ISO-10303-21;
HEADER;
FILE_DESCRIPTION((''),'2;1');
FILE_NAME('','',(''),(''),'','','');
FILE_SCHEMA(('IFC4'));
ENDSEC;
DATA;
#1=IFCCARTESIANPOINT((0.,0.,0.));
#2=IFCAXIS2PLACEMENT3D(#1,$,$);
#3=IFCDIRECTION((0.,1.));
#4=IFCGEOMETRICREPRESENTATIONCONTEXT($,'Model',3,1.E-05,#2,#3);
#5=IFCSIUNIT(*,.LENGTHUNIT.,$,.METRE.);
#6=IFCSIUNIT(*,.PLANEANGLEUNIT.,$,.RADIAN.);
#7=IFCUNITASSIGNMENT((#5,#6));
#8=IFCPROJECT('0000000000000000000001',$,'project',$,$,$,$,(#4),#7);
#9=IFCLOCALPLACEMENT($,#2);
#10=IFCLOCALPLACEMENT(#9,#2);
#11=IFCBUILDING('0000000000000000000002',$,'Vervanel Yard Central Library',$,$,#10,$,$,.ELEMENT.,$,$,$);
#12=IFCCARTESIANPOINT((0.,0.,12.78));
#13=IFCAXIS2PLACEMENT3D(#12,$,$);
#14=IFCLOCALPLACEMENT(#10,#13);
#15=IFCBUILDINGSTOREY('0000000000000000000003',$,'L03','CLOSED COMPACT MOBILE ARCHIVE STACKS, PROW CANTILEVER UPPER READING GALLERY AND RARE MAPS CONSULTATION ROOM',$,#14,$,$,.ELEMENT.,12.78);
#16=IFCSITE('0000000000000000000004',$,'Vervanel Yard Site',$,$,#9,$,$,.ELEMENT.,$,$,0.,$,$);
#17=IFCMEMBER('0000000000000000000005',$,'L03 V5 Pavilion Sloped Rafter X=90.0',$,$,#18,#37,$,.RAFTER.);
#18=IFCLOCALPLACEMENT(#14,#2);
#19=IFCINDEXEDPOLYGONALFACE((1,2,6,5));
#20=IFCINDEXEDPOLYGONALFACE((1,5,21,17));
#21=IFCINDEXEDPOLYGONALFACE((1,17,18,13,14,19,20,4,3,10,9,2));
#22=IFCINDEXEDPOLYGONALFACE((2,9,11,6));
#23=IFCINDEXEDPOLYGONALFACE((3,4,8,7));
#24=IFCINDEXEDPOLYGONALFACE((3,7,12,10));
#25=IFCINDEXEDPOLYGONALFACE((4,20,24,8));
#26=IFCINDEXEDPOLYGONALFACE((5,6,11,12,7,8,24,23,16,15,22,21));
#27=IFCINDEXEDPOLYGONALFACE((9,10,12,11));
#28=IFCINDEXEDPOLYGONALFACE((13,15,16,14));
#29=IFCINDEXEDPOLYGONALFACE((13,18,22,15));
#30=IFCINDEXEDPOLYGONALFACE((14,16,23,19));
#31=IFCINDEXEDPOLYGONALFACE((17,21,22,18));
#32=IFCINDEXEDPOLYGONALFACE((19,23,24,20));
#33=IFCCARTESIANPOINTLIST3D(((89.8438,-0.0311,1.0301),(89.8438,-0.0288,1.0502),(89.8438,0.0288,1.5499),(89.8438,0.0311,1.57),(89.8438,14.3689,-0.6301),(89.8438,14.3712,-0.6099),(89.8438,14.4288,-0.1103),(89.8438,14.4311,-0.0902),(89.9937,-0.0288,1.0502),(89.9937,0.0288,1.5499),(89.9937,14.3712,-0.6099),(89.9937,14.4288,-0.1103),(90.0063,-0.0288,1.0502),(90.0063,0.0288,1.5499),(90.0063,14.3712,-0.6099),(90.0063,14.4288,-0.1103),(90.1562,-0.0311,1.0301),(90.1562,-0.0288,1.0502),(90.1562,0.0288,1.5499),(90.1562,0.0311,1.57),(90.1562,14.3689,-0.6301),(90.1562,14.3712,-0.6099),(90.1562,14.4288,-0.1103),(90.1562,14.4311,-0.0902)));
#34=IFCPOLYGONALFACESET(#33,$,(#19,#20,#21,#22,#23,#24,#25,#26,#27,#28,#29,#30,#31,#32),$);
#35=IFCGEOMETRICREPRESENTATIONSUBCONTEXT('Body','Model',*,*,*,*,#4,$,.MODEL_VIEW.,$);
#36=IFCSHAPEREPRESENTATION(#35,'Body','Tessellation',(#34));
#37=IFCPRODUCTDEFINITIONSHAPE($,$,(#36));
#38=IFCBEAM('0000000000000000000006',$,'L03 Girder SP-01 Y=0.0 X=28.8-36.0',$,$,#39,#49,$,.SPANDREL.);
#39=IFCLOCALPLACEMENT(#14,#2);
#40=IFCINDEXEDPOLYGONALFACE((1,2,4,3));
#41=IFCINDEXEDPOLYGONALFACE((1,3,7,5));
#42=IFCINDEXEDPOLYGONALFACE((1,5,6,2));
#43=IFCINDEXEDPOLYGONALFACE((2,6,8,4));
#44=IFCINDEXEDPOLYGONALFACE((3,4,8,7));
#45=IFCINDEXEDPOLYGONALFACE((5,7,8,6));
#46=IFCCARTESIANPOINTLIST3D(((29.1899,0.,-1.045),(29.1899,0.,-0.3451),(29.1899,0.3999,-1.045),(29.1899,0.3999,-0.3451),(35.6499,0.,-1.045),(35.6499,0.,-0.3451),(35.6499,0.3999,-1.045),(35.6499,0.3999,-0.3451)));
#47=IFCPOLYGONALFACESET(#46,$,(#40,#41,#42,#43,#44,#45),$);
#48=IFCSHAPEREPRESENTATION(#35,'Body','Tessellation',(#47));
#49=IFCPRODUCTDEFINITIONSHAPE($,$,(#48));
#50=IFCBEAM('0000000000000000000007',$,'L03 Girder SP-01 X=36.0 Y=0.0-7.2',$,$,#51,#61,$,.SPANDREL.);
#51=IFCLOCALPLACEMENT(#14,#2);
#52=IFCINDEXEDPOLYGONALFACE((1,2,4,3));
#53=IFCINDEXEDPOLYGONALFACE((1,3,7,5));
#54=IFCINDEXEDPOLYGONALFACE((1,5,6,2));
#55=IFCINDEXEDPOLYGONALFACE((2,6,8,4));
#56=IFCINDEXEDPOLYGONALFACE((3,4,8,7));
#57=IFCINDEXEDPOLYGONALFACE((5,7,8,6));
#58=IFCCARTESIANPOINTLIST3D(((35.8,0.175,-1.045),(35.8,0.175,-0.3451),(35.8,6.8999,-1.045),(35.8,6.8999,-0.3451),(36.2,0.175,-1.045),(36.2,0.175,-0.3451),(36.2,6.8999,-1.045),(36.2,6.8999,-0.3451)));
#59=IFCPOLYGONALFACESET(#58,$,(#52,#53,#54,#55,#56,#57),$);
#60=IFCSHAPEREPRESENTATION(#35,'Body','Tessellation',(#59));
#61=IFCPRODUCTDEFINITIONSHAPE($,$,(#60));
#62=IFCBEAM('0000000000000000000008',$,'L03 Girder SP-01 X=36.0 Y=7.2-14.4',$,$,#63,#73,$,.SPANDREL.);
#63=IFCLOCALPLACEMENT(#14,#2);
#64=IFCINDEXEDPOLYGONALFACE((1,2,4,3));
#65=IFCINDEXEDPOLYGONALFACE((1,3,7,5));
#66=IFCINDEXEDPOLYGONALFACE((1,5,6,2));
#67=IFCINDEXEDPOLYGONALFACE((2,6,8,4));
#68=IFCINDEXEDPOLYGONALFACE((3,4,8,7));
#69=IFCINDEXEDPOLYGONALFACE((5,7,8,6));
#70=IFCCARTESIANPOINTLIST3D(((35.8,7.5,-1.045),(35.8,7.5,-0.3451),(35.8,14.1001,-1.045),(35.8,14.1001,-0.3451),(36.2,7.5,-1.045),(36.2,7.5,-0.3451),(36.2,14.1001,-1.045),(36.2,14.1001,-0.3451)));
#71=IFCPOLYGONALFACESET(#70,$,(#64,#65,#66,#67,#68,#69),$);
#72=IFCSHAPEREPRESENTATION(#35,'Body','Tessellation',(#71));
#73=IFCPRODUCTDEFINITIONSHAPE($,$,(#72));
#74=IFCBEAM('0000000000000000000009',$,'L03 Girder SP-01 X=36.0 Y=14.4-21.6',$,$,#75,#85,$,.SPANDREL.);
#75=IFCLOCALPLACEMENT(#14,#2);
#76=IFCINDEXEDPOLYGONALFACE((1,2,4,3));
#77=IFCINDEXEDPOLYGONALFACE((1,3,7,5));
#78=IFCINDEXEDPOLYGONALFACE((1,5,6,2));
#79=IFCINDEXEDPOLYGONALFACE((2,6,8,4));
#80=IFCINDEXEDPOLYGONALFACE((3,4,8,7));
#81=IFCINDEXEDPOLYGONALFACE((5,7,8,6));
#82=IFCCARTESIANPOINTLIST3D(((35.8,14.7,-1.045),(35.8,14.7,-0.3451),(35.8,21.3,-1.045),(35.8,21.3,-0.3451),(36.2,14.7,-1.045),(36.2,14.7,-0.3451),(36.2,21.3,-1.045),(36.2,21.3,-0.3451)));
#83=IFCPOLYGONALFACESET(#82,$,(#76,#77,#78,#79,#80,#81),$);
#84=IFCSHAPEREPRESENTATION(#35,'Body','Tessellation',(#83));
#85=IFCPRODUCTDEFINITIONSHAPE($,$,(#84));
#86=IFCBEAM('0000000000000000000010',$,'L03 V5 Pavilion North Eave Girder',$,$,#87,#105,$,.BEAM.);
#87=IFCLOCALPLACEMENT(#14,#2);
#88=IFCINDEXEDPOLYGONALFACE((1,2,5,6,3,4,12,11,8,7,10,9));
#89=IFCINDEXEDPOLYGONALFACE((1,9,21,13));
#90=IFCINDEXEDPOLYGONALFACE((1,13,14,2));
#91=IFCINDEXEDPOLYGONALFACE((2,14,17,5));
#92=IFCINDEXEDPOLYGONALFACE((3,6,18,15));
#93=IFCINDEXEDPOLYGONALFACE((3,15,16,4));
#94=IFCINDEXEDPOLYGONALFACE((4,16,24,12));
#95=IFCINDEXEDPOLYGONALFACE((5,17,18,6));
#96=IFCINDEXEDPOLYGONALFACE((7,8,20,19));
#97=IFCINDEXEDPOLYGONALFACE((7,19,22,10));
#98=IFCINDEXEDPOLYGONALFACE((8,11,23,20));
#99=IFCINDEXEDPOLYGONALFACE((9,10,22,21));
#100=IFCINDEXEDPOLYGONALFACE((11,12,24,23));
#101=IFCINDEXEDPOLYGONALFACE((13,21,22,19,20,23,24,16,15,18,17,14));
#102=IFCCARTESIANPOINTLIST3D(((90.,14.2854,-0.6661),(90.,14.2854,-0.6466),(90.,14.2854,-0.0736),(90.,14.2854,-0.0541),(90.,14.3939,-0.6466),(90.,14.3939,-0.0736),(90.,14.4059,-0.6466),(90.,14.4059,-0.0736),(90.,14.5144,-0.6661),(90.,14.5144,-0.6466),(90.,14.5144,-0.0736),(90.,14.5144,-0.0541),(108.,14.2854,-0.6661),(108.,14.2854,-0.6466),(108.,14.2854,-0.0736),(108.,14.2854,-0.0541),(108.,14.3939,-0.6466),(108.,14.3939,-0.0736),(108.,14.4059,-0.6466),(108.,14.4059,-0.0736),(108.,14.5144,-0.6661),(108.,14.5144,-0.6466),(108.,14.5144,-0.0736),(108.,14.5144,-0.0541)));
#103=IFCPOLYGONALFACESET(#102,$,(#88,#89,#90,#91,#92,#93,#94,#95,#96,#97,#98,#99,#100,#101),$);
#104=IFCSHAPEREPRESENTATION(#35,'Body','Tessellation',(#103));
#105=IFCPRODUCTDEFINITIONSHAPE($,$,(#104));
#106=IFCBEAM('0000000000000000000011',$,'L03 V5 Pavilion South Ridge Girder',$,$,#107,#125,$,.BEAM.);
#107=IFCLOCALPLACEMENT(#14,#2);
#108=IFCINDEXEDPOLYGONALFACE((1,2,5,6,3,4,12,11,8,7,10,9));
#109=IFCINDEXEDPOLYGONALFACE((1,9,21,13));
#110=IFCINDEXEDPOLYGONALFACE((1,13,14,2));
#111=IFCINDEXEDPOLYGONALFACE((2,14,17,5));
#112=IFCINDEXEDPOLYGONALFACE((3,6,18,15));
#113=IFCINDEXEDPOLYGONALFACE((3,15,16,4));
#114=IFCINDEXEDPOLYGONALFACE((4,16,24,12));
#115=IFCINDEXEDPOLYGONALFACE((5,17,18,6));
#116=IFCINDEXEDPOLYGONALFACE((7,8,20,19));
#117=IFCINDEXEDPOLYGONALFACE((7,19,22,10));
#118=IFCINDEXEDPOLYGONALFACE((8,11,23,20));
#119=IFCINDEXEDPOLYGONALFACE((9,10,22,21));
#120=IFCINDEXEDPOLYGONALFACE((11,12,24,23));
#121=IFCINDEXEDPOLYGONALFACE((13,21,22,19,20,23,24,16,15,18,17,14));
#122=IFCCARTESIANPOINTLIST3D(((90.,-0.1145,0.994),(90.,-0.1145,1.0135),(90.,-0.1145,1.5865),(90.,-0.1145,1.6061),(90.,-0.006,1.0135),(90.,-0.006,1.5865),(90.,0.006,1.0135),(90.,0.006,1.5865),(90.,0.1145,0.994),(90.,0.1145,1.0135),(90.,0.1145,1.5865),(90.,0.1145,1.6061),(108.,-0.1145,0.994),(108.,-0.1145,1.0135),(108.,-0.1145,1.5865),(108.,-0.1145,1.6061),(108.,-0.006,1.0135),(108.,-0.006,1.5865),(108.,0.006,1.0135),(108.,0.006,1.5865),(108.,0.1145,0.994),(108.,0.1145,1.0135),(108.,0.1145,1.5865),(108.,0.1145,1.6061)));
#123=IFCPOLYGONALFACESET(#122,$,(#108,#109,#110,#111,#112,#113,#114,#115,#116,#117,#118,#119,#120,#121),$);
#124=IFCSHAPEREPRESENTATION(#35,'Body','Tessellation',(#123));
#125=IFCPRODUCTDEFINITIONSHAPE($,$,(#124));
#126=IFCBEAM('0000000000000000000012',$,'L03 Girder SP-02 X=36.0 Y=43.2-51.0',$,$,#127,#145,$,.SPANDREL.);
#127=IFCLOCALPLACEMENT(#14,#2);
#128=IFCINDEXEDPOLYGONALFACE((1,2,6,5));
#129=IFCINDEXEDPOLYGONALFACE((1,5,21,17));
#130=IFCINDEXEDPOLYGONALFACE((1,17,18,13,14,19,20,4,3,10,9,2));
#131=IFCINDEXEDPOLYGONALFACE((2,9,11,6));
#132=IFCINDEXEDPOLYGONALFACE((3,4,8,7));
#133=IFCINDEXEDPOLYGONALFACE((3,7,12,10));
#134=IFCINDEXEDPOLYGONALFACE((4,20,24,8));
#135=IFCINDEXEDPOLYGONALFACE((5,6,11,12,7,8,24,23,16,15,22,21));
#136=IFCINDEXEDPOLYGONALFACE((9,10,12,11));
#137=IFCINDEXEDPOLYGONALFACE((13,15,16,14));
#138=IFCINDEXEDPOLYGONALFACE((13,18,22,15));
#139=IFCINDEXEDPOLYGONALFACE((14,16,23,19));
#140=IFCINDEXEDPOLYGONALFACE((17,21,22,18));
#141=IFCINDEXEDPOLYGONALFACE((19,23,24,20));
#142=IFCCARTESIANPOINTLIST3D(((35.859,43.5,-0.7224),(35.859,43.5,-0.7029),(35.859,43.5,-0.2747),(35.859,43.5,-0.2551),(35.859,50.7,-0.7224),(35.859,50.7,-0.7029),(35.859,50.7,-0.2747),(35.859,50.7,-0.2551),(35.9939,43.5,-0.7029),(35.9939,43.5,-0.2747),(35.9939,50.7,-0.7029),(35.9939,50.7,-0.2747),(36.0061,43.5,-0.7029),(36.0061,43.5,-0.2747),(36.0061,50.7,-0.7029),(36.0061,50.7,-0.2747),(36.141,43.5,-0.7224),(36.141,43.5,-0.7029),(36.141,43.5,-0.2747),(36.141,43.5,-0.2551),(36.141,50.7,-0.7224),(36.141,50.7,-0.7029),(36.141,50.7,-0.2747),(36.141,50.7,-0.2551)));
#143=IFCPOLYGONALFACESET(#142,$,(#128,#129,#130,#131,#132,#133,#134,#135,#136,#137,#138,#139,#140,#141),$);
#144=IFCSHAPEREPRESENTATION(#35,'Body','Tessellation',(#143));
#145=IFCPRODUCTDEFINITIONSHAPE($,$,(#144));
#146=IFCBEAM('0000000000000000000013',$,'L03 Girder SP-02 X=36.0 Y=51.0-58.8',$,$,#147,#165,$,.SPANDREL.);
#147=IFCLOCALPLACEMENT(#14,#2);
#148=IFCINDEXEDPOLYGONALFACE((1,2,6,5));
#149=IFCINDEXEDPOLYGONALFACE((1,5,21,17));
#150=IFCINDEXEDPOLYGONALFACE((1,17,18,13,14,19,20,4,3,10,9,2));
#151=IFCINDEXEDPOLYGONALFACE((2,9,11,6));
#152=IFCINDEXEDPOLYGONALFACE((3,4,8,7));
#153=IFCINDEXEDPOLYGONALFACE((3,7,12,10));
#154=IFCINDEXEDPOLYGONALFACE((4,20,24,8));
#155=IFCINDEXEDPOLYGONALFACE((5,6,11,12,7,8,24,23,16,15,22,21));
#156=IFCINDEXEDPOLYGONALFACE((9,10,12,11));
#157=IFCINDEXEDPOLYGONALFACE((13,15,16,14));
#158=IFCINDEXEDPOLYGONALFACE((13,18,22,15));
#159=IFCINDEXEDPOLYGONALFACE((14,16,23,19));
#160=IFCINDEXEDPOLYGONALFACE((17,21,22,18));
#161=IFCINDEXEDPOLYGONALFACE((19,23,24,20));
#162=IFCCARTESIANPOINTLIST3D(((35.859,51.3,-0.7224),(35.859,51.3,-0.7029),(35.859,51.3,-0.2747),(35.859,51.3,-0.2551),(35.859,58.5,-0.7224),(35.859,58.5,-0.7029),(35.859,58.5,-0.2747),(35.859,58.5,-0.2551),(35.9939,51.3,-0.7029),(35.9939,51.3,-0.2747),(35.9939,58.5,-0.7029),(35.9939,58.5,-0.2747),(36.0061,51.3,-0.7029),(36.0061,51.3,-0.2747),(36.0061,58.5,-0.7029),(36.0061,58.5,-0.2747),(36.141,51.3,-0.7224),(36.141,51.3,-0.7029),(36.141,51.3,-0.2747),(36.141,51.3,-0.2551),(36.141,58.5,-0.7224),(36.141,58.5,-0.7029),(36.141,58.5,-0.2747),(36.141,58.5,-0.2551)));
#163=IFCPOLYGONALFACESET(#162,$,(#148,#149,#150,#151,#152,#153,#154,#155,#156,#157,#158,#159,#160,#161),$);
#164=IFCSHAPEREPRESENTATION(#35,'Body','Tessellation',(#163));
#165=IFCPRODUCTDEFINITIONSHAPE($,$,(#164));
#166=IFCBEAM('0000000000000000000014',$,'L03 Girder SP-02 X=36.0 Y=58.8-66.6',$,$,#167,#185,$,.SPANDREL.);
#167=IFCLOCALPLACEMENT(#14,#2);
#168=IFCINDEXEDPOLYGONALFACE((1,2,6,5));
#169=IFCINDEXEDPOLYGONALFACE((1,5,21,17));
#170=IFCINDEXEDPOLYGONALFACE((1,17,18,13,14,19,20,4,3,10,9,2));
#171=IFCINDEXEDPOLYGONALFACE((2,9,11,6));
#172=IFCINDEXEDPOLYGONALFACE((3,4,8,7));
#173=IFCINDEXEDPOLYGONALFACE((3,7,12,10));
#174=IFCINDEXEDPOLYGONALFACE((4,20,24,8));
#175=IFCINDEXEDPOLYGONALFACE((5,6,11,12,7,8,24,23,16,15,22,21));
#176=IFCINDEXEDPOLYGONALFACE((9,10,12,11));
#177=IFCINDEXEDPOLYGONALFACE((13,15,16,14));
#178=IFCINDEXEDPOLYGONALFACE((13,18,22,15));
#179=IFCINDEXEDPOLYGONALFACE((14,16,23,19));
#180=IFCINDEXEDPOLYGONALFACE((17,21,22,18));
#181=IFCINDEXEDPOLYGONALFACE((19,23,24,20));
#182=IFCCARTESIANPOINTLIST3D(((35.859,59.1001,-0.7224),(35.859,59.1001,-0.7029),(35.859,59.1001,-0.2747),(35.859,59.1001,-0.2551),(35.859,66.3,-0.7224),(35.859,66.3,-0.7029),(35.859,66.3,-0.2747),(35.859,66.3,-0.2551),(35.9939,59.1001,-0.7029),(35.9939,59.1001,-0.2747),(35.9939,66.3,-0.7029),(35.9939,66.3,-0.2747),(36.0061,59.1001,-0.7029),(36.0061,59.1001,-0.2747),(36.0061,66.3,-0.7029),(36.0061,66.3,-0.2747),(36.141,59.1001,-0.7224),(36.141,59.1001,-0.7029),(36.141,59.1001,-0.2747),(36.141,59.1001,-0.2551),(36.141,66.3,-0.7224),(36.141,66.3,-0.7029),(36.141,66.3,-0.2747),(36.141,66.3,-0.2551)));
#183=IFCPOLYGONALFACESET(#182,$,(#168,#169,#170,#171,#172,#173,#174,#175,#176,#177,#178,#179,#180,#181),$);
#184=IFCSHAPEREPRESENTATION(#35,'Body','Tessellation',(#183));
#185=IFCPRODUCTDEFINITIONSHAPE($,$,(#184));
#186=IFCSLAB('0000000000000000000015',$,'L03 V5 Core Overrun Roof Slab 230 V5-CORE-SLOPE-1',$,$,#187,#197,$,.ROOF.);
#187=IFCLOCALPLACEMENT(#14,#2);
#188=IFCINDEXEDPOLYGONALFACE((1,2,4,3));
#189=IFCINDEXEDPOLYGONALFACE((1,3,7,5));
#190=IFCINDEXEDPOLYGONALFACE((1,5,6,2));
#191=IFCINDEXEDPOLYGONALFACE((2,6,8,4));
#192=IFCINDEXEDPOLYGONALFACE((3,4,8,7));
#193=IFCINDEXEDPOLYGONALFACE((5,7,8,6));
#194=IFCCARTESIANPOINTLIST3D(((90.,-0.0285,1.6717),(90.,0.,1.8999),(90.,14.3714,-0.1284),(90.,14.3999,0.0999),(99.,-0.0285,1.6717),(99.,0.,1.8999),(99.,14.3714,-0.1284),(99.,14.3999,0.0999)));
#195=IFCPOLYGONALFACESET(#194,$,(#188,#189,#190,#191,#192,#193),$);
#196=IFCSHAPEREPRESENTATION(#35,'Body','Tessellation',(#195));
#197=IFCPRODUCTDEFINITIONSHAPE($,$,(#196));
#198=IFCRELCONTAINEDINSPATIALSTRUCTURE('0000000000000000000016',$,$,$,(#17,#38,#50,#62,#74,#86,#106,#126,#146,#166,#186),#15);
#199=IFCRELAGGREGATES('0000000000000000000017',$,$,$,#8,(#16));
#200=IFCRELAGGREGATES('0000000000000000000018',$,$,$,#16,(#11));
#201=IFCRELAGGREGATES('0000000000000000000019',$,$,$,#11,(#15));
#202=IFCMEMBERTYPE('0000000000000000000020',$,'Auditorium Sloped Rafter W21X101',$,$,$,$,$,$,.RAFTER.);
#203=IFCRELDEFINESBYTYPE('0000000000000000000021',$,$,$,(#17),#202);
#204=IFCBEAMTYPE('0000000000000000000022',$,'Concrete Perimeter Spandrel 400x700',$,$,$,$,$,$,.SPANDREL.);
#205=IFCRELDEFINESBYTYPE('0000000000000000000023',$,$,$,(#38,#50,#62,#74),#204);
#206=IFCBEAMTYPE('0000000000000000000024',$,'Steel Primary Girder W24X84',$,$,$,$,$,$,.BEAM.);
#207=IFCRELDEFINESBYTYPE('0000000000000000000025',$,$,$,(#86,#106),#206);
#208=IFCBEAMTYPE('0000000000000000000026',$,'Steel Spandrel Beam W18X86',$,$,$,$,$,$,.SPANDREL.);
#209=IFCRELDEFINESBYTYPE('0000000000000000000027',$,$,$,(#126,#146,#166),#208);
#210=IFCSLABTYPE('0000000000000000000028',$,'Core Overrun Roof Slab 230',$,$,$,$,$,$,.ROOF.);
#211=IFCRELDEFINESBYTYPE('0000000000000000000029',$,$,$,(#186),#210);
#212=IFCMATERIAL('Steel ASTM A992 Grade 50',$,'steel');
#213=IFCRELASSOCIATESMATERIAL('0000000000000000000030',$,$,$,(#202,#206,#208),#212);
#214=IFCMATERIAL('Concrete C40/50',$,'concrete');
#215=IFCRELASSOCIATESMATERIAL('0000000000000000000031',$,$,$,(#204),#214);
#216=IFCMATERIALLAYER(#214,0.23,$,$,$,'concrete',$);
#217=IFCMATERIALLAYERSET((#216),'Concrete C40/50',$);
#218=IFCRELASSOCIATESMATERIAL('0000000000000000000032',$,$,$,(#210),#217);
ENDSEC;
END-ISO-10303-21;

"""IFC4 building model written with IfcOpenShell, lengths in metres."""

from ifc_helpers import new_model, si_unit, direction, frame, origin, origin_2d, place, context, subcontext, project, spatial, polyline, rectangle, i_section, outline, extrude, material, layer, layer_set, material_profile, profile_set, type_object, element, save


model = new_model("IFC4")

# Units and contexts
model_context = context("Model", 3, precision=1e-05, world=origin(), true_north=direction((0.0, 1.0)))
body_context = subcontext(model_context, "Body", "Model", "MODEL_VIEW")
ifc_project = project(units=[si_unit("LENGTHUNIT", "METRE"), si_unit("PLANEANGLEUNIT", "RADIAN")], contexts=[model_context])

# Site, building, storey
site_placement = place(None, origin())
site = spatial("IfcSite", under=ifc_project, at=site_placement, Name="Vervanel Yard Site", CompositionType="ELEMENT", RefElevation=0.0)
building_placement = place(site_placement, origin())
building = spatial("IfcBuilding", under=site, at=building_placement, Name="Vervanel Yard Central Library", CompositionType="ELEMENT")
storey_placement = place(building_placement, frame((0.0, 0.0, 12.78)))
storey = spatial("IfcBuildingStorey", under=building, at=storey_placement, Name="L03", Description="CLOSED COMPACT MOBILE ARCHIVE STACKS, PROW CANTILEVER UPPER READING GALLERY AND RARE MAPS CONSULTATION ROOM", CompositionType="ELEMENT", Elevation=12.78)

# Member
ifc_material_1 = material(Name="Steel ASTM A992 Grade 50", Category="steel")
ifc_material_profile_1 = material_profile(ifc_material_1, i_section(OverallWidth=0.3125, OverallDepth=0.5435, WebThickness=0.0127, FlangeThickness=0.0203, at=origin_2d()), Name="W21X101", Category="steel")
ifc_profile_set_1 = profile_set([ifc_material_profile_1], Name="Steel ASTM A992 Grade 50")
member_type = type_object("IfcMemberType", Name="Auditorium Sloped Rafter W21X101", PredefinedType="RAFTER", material=ifc_profile_set_1)
member_placement = place(storey_placement, frame((90.0, 0.0, 1.3), z_axis=(0.0, 0.99342, -0.114531), x_axis=(-1.0, 0.0, 0.0)))
element("IfcMember", 1, at=member_placement, inside=storey, type_object=member_type, Name="L03 V5 Pavilion Sloped Rafter X=90.0", PredefinedType="RAFTER", context=body_context, shape_type="SweptSolid", body=[
    extrude(i_section(OverallWidth=0.3125, OverallDepth=0.5435, WebThickness=0.0127, FlangeThickness=0.0203, at=origin_2d()), origin(), (0.0, 0.0, 1.0), 14.4954),
])

# Beams
ifc_material_2 = material(Name="Concrete C40/50", Category="concrete")
ifc_material_profile_2 = material_profile(ifc_material_2, rectangle(XDim=0.3999, YDim=0.7, at=origin_2d()), Name="RC 400x700", Category="concrete")
ifc_profile_set_2 = profile_set([ifc_material_profile_2], Name="Concrete C40/50")
beam_type_1 = type_object("IfcBeamType", Name="Concrete Perimeter Spandrel 400x700", PredefinedType="SPANDREL", material=ifc_profile_set_2)
beam_1_placement = place(storey_placement, frame((29.1899, 0.2, -0.6951), z_axis=(1.0, 0.0, 0.0), x_axis=(0.0, 1.0, 0.0)))
element("IfcBeam", 2, at=beam_1_placement, inside=storey, type_object=beam_type_1, Name="L03 Girder SP-01 Y=0.0 X=28.8-36.0", PredefinedType="SPANDREL", context=body_context, shape_type="SweptSolid", body=[
    extrude(rectangle(XDim=0.3999, YDim=0.7, at=origin_2d()), origin(), (0.0, 0.0, 1.0), 6.46),
])
beam_2_placement = place(storey_placement, frame((36.0, 0.175, -0.6951), z_axis=(0.0, 1.0, 0.0), x_axis=(-1.0, 0.0, 0.0)))
element("IfcBeam", 3, at=beam_2_placement, inside=storey, type_object=beam_type_1, Name="L03 Girder SP-01 X=36.0 Y=0.0-7.2", PredefinedType="SPANDREL", context=body_context, shape_type="SweptSolid", body=[
    extrude(rectangle(XDim=0.3999, YDim=0.7, at=origin_2d()), origin(), (0.0, 0.0, 1.0), 6.7249),
])
for number, where, z_axis, x_axis, name in (
    (4, (36.0, 7.5, -0.6951), (0.0, 1.0, 0.0), (-1.0, 0.0, 0.0), "L03 Girder SP-01 X=36.0 Y=7.2-14.4"),
    (5, (36.0, 14.7, -0.6951), (0.0, 1.0, 0.0), (-1.0, 0.0, 0.0), "L03 Girder SP-01 X=36.0 Y=14.4-21.6"),
):
    element("IfcBeam", number, at=place(storey_placement, frame(where, z_axis=z_axis, x_axis=x_axis)), inside=storey, type_object=beam_type_1, Name=name, PredefinedType="SPANDREL", context=body_context, shape_type="SweptSolid", body=[
        extrude(rectangle(XDim=0.3999, YDim=0.7, at=origin_2d()), origin(), (0.0, 0.0, 1.0), 6.6001),
    ])
ifc_material_profile_3 = material_profile(ifc_material_1, i_section(OverallWidth=0.229, OverallDepth=0.6121, WebThickness=0.012, FlangeThickness=0.0195, at=origin_2d()), Name="W24X84", Category="steel")
ifc_profile_set_3 = profile_set([ifc_material_profile_3], Name="Steel ASTM A992 Grade 50")
beam_type_2 = type_object("IfcBeamType", Name="Steel Primary Girder W24X84", PredefinedType="BEAM", material=ifc_profile_set_3)
for number, where, z_axis, x_axis, name in (
    (6, (90.0, 14.3999, -0.3601), (1.0, 0.0, 0.0), (0.0, 1.0, 0.0), "L03 V5 Pavilion North Eave Girder"),
    (7, (90.0, 0.0, 1.3), (1.0, 0.0, 0.0), (0.0, 1.0, 0.0), "L03 V5 Pavilion South Ridge Girder"),
):
    element("IfcBeam", number, at=place(storey_placement, frame(where, z_axis=z_axis, x_axis=x_axis)), inside=storey, type_object=beam_type_2, Name=name, PredefinedType="BEAM", context=body_context, shape_type="SweptSolid", body=[
        extrude(i_section(OverallWidth=0.229, OverallDepth=0.6121, WebThickness=0.012, FlangeThickness=0.0195, at=origin_2d()), origin(), (0.0, 0.0, 1.0), 18.0),
    ])
ifc_material_profile_4 = material_profile(ifc_material_1, i_section(OverallWidth=0.282, OverallDepth=0.4673, WebThickness=0.0122, FlangeThickness=0.0195, at=origin_2d()), Name="W18X86", Category="steel")
ifc_profile_set_4 = profile_set([ifc_material_profile_4], Name="Steel ASTM A992 Grade 50")
beam_type_3 = type_object("IfcBeamType", Name="Steel Spandrel Beam W18X86", PredefinedType="SPANDREL", material=ifc_profile_set_4)
for number, where, z_axis, x_axis, name in (
    (8, (36.0, 43.5, -0.4888), (0.0, 1.0, 0.0), (-1.0, 0.0, 0.0), "L03 Girder SP-02 X=36.0 Y=43.2-51.0"),
    (9, (36.0, 51.3, -0.4888), (0.0, 1.0, 0.0), (-1.0, 0.0, 0.0), "L03 Girder SP-02 X=36.0 Y=51.0-58.8"),
    (10, (36.0, 59.1001, -0.4888), (0.0, 1.0, 0.0), (-1.0, 0.0, 0.0), "L03 Girder SP-02 X=36.0 Y=58.8-66.6"),
):
    element("IfcBeam", number, at=place(storey_placement, frame(where, z_axis=z_axis, x_axis=x_axis)), inside=storey, type_object=beam_type_3, Name=name, PredefinedType="SPANDREL", context=body_context, shape_type="SweptSolid", body=[
        extrude(i_section(OverallWidth=0.282, OverallDepth=0.4673, WebThickness=0.0122, FlangeThickness=0.0195, at=origin_2d()), origin(), (0.0, 0.0, 1.0), 7.2),
    ])

# Slab
ifc_layer_1 = layer(ifc_material_2, 0.23, Category="concrete")
ifc_layer_set_1 = layer_set([ifc_layer_1], Name="Concrete C40/50")
slab_type = type_object("IfcSlabType", Name="Core Overrun Roof Slab 230", PredefinedType="ROOF", material=ifc_layer_set_1)
slab_placement = place(storey_placement, frame((90.0, 0.0, 1.8999), z_axis=(0.0, 0.124039, 0.992277), x_axis=(1.0, 0.0, 0.0)))
element("IfcSlab", 11, at=slab_placement, inside=storey, type_object=slab_type, Name="L03 V5 Core Overrun Roof Slab 230 V5-CORE-SLOPE-1", PredefinedType="ROOF", context=body_context, shape_type="SweptSolid", body=[
    extrude(outline(polyline([(0.0, 0.0), (9.0, 0.0), (9.0, 14.512), (0.0, 14.512), (0.0, 0.0)])), origin(), (0.0, 0.0, -1.0), 0.23),
])

save(model, "model.ifc")
